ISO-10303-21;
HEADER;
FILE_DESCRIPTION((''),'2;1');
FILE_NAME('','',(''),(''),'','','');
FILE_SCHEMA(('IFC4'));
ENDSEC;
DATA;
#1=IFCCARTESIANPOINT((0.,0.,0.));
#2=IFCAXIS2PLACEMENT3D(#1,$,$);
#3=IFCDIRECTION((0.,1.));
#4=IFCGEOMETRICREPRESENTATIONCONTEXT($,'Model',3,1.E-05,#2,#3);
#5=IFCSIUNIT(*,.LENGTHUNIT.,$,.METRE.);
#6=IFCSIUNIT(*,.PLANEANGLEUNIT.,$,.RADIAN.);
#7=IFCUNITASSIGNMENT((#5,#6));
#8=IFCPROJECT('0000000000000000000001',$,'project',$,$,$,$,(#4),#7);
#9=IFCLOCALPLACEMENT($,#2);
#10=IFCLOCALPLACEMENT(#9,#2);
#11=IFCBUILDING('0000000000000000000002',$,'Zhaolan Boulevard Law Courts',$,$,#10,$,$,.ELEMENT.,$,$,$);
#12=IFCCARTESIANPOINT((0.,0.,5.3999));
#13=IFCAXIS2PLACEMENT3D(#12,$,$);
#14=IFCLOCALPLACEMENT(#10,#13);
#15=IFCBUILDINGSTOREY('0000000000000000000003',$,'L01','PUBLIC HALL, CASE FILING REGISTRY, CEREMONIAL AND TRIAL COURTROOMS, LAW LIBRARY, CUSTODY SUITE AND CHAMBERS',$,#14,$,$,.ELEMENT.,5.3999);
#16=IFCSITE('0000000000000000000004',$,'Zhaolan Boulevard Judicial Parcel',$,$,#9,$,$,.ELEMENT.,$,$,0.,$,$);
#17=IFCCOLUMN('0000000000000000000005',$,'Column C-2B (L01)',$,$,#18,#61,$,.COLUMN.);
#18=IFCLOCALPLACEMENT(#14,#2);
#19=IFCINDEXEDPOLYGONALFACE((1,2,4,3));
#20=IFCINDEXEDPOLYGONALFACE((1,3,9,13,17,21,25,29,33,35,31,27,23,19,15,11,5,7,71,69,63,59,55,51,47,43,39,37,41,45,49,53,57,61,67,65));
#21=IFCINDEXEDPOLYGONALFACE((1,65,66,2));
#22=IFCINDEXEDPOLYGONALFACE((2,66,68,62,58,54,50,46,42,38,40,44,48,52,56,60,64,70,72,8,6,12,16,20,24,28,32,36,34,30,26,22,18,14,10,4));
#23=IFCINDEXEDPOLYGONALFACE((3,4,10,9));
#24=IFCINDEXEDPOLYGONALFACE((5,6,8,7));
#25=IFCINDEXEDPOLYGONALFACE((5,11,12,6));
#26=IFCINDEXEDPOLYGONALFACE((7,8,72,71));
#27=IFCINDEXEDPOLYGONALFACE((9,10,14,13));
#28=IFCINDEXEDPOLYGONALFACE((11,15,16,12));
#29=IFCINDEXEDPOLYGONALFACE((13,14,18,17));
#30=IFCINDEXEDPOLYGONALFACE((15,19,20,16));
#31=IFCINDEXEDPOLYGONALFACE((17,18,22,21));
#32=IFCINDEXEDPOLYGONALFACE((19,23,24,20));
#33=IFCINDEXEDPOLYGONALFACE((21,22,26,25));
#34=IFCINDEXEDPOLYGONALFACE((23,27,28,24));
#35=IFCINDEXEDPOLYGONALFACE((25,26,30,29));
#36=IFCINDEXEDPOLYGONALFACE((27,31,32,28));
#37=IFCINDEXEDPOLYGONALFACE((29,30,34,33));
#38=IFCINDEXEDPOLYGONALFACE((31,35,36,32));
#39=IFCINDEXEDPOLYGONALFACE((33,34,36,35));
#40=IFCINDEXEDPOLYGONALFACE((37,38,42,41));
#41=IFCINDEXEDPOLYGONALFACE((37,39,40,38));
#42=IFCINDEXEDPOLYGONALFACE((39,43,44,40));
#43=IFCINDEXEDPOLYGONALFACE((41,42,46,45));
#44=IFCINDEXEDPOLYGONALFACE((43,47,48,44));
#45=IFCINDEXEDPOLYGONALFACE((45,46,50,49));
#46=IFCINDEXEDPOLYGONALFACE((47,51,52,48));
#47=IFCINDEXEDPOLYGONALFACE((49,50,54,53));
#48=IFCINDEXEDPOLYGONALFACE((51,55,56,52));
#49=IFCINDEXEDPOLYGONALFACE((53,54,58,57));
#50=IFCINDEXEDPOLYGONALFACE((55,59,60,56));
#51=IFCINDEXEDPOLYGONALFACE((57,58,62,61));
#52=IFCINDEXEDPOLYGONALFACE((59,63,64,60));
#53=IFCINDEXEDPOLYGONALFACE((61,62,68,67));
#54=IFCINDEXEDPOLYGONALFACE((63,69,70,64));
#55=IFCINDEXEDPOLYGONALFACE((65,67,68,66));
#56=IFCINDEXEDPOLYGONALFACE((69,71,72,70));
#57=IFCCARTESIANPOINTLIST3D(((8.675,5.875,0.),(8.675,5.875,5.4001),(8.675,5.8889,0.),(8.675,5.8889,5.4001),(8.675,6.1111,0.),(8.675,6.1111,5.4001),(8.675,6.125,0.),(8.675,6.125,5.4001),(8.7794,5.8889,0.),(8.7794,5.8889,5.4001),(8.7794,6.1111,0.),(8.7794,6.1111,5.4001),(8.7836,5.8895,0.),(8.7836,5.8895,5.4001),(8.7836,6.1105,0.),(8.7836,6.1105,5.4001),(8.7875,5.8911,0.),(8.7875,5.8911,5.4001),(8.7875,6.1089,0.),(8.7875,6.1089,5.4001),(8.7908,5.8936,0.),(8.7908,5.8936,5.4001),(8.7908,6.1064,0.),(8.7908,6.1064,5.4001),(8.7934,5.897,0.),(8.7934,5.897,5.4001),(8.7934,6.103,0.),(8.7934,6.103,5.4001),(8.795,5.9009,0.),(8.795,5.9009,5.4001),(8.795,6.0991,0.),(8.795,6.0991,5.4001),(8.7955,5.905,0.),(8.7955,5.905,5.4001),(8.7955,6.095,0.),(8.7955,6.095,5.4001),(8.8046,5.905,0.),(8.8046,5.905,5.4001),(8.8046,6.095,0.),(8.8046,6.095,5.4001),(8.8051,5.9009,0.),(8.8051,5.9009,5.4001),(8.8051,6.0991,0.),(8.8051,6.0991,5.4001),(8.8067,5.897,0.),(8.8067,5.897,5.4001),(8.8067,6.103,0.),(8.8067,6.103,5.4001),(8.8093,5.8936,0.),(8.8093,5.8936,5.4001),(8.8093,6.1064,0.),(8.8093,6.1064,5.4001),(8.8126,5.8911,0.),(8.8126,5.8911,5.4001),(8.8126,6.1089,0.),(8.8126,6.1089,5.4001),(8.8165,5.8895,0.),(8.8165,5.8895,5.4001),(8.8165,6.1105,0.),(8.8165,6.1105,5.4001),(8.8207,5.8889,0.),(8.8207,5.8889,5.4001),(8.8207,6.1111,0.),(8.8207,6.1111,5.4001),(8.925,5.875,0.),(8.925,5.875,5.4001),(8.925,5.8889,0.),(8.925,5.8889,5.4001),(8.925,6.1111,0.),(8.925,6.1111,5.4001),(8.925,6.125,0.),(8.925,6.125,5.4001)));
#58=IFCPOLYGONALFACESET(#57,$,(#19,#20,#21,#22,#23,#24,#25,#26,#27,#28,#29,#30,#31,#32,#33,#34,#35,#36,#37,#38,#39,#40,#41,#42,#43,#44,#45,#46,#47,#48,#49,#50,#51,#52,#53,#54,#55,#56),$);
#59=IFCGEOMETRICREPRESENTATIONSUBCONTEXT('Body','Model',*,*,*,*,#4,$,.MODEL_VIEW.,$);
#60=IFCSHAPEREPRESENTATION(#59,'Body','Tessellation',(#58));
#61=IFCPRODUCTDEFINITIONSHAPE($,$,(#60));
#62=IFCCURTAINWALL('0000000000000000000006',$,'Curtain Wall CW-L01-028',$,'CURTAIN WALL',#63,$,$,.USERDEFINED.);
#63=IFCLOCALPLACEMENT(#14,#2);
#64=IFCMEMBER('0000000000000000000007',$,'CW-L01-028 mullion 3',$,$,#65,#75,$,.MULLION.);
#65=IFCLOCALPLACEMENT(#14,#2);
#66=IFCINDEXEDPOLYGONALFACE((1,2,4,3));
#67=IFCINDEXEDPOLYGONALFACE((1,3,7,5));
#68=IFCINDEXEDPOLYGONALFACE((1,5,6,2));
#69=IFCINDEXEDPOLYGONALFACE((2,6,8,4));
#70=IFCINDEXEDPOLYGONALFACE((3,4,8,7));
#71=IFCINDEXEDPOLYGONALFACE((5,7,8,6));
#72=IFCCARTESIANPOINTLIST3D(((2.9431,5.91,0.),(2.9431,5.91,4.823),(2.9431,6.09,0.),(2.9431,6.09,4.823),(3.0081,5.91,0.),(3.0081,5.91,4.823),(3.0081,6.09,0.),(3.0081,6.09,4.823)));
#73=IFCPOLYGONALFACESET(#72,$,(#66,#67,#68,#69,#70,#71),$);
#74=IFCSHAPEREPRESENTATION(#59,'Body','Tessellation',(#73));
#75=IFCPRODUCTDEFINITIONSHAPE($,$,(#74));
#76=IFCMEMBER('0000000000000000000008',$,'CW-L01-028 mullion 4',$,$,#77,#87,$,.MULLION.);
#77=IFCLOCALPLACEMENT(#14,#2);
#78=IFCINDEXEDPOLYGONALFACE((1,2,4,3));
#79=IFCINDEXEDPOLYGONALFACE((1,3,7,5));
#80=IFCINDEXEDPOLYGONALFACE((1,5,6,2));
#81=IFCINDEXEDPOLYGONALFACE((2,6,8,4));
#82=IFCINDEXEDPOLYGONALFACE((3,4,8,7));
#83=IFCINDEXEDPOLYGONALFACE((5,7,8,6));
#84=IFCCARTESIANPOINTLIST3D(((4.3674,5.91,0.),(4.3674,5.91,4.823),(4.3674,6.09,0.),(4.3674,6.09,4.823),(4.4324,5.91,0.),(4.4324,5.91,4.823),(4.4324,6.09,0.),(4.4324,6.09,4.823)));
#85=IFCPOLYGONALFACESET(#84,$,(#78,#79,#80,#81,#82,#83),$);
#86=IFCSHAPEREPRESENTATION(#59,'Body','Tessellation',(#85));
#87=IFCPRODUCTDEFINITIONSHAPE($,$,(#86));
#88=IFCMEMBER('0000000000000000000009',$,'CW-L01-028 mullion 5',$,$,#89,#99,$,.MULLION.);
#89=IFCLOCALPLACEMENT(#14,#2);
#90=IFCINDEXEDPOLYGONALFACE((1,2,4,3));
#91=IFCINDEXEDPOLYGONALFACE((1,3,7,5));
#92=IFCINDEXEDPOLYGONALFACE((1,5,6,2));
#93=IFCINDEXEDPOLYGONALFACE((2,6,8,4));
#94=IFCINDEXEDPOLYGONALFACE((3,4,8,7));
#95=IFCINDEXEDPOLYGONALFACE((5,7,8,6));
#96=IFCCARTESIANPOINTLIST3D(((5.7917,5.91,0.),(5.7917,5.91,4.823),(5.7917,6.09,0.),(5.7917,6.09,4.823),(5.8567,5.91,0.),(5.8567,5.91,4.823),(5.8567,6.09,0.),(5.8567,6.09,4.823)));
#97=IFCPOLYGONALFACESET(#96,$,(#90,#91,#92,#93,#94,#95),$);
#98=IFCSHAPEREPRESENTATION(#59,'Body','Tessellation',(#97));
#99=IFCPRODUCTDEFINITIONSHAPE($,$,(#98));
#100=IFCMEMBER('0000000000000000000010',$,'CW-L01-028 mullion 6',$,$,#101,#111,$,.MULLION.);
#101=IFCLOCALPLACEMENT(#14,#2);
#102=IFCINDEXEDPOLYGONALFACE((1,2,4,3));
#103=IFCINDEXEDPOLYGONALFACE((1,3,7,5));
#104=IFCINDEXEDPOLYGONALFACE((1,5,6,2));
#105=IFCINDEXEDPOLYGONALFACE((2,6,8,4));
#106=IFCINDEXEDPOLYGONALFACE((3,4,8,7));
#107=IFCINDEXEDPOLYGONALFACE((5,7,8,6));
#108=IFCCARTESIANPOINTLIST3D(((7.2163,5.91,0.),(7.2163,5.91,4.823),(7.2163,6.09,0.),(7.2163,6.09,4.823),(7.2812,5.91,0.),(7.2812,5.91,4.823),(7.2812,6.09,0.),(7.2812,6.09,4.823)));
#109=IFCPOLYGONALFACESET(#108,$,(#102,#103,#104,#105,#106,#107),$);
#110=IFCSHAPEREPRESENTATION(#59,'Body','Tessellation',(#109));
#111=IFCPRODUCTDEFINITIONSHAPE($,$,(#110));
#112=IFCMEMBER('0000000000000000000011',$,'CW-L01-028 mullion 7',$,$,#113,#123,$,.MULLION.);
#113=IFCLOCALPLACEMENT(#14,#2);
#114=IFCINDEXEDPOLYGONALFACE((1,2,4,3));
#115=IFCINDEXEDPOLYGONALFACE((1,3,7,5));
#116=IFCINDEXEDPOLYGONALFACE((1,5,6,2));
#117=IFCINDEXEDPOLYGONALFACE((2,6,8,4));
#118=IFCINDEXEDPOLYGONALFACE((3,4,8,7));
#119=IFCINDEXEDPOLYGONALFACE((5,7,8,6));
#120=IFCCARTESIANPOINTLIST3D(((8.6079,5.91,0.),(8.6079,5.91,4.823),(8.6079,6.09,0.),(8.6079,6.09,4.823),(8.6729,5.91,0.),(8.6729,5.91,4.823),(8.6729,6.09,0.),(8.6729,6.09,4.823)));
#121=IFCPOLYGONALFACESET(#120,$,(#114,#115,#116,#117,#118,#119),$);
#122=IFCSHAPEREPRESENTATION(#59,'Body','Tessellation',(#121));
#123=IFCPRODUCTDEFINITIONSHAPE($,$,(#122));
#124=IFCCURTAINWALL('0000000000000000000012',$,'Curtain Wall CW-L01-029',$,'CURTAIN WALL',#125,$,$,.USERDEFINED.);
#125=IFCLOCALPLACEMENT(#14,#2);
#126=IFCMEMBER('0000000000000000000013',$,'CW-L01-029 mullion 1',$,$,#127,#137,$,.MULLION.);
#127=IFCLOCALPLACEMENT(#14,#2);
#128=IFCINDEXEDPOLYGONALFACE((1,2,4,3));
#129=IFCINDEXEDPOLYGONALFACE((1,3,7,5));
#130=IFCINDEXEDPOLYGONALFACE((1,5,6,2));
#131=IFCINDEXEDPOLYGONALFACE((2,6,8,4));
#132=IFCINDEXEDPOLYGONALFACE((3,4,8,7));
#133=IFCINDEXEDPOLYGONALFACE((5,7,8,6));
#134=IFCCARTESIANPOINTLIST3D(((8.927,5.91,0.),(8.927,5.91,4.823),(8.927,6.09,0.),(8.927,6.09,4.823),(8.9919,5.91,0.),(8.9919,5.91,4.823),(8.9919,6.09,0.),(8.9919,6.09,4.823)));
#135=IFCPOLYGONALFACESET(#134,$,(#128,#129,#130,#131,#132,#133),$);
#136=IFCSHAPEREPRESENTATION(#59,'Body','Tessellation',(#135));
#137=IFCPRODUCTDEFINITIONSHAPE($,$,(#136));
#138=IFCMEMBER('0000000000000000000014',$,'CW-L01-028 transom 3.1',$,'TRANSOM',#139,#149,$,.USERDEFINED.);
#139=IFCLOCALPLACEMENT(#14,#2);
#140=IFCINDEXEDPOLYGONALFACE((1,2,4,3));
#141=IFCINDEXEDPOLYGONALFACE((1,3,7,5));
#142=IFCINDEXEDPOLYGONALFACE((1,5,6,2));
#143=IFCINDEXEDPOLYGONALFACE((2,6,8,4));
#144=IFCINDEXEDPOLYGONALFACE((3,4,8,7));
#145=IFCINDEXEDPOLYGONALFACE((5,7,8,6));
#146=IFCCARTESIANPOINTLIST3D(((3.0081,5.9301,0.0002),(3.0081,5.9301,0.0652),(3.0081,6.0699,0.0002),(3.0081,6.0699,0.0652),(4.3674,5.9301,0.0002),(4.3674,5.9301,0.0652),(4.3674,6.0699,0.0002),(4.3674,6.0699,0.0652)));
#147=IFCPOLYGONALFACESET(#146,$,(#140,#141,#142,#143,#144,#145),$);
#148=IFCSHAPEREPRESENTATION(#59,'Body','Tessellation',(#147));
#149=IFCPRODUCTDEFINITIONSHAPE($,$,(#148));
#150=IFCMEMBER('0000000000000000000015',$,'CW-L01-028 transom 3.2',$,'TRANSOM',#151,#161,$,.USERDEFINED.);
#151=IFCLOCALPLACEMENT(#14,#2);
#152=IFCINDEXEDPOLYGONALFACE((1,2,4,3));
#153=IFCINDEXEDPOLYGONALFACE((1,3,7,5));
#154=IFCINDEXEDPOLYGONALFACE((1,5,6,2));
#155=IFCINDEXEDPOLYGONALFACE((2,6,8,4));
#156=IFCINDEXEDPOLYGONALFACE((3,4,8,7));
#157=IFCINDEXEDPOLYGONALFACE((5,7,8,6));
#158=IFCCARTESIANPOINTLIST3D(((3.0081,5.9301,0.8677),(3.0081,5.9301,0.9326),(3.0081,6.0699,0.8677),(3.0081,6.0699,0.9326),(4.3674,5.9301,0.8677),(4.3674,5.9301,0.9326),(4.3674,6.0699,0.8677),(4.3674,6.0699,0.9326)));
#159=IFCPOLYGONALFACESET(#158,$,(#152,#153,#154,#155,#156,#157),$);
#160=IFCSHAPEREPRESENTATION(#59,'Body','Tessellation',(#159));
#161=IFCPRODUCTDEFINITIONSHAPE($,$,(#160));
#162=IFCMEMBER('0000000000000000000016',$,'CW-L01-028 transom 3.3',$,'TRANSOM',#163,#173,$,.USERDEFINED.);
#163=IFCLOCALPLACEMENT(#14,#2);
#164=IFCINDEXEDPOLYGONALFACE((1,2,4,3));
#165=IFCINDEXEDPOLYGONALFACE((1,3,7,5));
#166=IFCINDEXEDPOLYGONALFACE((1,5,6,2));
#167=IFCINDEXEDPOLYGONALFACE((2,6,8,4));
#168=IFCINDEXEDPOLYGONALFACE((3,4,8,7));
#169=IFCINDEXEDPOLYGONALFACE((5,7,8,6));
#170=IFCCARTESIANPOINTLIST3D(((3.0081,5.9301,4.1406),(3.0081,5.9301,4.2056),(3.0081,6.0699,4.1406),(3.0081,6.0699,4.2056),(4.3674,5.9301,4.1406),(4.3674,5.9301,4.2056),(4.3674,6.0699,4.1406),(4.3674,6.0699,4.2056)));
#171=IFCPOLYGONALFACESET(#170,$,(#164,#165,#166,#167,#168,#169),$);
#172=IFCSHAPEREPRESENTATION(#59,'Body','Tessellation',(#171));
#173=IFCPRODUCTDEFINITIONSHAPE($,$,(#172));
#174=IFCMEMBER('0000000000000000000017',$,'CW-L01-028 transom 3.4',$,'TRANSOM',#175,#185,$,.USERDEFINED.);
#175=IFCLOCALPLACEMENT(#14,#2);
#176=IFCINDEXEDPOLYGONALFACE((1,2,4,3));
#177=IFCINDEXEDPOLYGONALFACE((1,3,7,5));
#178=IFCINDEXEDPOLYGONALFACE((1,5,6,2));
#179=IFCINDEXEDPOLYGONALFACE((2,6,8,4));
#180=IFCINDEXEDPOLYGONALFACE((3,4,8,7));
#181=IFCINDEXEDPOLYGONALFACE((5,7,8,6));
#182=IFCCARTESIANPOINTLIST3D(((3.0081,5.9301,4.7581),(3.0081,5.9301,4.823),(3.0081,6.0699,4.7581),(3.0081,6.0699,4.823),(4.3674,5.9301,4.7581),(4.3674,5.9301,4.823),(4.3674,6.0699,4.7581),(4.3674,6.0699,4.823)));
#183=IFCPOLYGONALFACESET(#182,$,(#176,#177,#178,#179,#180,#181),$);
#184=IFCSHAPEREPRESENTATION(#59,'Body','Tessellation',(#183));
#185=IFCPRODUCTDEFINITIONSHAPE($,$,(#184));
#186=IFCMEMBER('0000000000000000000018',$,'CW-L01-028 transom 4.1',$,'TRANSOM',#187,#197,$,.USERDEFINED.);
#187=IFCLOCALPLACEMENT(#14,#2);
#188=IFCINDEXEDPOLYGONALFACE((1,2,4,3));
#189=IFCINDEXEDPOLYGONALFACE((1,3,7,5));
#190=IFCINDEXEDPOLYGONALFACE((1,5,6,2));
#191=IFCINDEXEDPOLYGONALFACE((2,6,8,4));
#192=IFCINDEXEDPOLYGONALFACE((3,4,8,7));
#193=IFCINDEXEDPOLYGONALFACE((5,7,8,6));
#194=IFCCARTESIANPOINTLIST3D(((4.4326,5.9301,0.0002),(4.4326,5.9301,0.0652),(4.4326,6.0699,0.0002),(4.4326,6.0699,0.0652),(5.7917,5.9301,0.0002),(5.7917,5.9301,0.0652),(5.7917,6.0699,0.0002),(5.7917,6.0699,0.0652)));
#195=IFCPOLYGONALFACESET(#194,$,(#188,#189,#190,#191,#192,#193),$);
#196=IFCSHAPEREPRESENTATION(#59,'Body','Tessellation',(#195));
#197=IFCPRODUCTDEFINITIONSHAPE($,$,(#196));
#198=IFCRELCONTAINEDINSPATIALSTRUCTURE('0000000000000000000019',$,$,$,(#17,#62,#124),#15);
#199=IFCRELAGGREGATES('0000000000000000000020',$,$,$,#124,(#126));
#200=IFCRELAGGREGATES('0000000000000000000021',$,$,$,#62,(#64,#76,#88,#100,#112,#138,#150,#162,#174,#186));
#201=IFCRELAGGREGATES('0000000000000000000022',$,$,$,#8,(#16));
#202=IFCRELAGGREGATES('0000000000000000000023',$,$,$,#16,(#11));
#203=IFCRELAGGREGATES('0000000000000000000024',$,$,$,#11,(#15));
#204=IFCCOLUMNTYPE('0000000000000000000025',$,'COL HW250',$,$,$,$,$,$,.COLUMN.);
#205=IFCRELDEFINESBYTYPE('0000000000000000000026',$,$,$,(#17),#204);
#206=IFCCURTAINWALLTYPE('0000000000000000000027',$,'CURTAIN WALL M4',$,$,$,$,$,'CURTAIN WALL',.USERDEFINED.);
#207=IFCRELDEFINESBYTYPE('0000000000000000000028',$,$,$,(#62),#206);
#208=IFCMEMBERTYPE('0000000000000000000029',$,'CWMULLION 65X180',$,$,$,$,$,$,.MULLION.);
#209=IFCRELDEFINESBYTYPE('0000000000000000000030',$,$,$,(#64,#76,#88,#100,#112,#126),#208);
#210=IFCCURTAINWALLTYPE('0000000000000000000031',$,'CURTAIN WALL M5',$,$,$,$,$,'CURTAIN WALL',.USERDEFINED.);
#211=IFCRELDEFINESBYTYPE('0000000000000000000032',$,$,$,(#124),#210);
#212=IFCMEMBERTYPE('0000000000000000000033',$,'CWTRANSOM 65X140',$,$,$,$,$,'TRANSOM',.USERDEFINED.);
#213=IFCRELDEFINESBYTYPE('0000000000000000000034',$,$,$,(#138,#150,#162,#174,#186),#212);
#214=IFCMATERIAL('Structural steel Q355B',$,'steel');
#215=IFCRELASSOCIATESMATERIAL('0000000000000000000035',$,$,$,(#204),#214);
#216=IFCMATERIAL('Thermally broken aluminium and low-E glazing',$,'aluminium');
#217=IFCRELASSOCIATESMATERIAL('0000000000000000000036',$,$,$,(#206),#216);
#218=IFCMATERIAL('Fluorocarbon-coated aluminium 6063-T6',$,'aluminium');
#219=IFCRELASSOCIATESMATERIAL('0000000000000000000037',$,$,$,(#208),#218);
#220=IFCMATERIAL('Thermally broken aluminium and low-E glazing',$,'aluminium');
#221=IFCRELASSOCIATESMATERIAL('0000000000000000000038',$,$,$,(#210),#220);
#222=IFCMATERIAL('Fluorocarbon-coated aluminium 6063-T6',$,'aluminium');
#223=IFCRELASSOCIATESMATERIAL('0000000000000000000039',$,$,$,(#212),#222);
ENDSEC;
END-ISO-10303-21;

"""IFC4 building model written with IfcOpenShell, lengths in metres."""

from ifc_helpers import new_model, si_unit, direction, frame, origin, origin_2d, place, context, subcontext, project, spatial, rectangle, i_section, extrude, material, material_profile, profile_set, type_object, element, aggregate, save


model = new_model("IFC4")

# Units and contexts
model_context = context("Model", 3, precision=1e-05, world=origin(), true_north=direction((0.0, 1.0)))
body_context = subcontext(model_context, "Body", "Model", "MODEL_VIEW")
ifc_project = project(units=[si_unit("LENGTHUNIT", "METRE"), si_unit("PLANEANGLEUNIT", "RADIAN")], contexts=[model_context])

# Site, building, storey
site_placement = place(None, origin())
site = spatial("IfcSite", under=ifc_project, at=site_placement, Name="Zhaolan Boulevard Judicial Parcel", CompositionType="ELEMENT", RefElevation=0.0)
building_placement = place(site_placement, origin())
building = spatial("IfcBuilding", under=site, at=building_placement, Name="Zhaolan Boulevard Law Courts", CompositionType="ELEMENT")
storey_placement = place(building_placement, frame((0.0, 0.0, 5.3999)))
storey = spatial("IfcBuildingStorey", under=building, at=storey_placement, Name="L01", Description="PUBLIC HALL, CASE FILING REGISTRY, CEREMONIAL AND TRIAL COURTROOMS, LAW LIBRARY, CUSTODY SUITE AND CHAMBERS", CompositionType="ELEMENT", Elevation=5.3999)

# Column
ifc_material_1 = material(Name="Structural steel Q355B", Category="steel")
ifc_material_profile_1 = material_profile(ifc_material_1, i_section(OverallWidth=0.25, OverallDepth=0.25, WebThickness=0.009, FlangeThickness=0.0139, FilletRadius=0.0161, at=origin_2d()), Name="HW250x250")
ifc_profile_set_1 = profile_set([ifc_material_profile_1], Name="Structural steel Q355B")
column_type = type_object("IfcColumnType", Name="COL HW250", PredefinedType="COLUMN", material=ifc_profile_set_1)
column_placement = place(storey_placement, frame((8.8, 6.0, 0.0), z_axis=(0.0, 0.0, 1.0), x_axis=(1.0, 0.0, 0.0)))
element("IfcColumn", 1, at=column_placement, inside=storey, type_object=column_type, Name="Column C-2B (L01)", PredefinedType="COLUMN", context=body_context, shape_type="SweptSolid", body=[
    extrude(i_section(OverallWidth=0.25, OverallDepth=0.25, WebThickness=0.009, FlangeThickness=0.0139, FilletRadius=0.0161, at=origin_2d()), origin(), (0.0, 0.0, 1.0), 5.4001),
])

# Curtain wall, members
ifc_material_2 = material(Name="Thermally broken aluminium and low-E glazing", Category="aluminium")
curtain_wall_type_1 = type_object("IfcCurtainWallType", Name="CURTAIN WALL M4", ElementType="CURTAIN WALL", PredefinedType="USERDEFINED", material=ifc_material_2)
curtain_wall_1_placement = place(storey_placement, origin())
curtain_wall_1 = element("IfcCurtainWall", 2, at=curtain_wall_1_placement, inside=storey, type_object=curtain_wall_type_1, Name="Curtain Wall CW-L01-028", ObjectType="CURTAIN WALL", PredefinedType="USERDEFINED")
ifc_material_3 = material(Name="Fluorocarbon-coated aluminium 6063-T6", Category="aluminium")
ifc_material_profile_2 = material_profile(ifc_material_3, rectangle(XDim=0.1799, YDim=0.0649, at=origin_2d()), Name="AL65x180")
ifc_profile_set_2 = profile_set([ifc_material_profile_2], Name="Fluorocarbon-coated aluminium 6063-T6")
member_type_1 = type_object("IfcMemberType", Name="CWMULLION 65X180", PredefinedType="MULLION", material=ifc_profile_set_2)
member_1_placement = place(storey_placement, frame((2.9756, 6.0, 0.0), z_axis=(0.0, 0.0, 1.0), x_axis=(0.0, 1.0, 0.0)))
member_1 = element("IfcMember", 3, at=member_1_placement, type_object=member_type_1, Name="CW-L01-028 mullion 3", PredefinedType="MULLION", context=body_context, shape_type="SweptSolid", body=[
    extrude(rectangle(XDim=0.1799, YDim=0.0649, at=origin_2d()), origin(), (0.0, 0.0, 1.0), 4.823),
])
member_2_placement = place(storey_placement, frame((4.3999, 6.0, 0.0), z_axis=(0.0, 0.0, 1.0), x_axis=(0.0, 1.0, 0.0)))
member_2 = element("IfcMember", 4, at=member_2_placement, type_object=member_type_1, Name="CW-L01-028 mullion 4", PredefinedType="MULLION", context=body_context, shape_type="SweptSolid", body=[
    extrude(rectangle(XDim=0.1799, YDim=0.0649, at=origin_2d()), origin(), (0.0, 0.0, 1.0), 4.823),
])
member_3_placement = place(storey_placement, frame((5.8242, 6.0, 0.0), z_axis=(0.0, 0.0, 1.0), x_axis=(0.0, 1.0, 0.0)))
member_3 = element("IfcMember", 5, at=member_3_placement, type_object=member_type_1, Name="CW-L01-028 mullion 5", PredefinedType="MULLION", context=body_context, shape_type="SweptSolid", body=[
    extrude(rectangle(XDim=0.1799, YDim=0.0649, at=origin_2d()), origin(), (0.0, 0.0, 1.0), 4.823),
])
member_4_placement = place(storey_placement, frame((7.2488, 6.0, 0.0), z_axis=(0.0, 0.0, 1.0), x_axis=(0.0, 1.0, 0.0)))
member_4 = element("IfcMember", 6, at=member_4_placement, type_object=member_type_1, Name="CW-L01-028 mullion 6", PredefinedType="MULLION", context=body_context, shape_type="SweptSolid", body=[
    extrude(rectangle(XDim=0.1799, YDim=0.0649, at=origin_2d()), origin(), (0.0, 0.0, 1.0), 4.823),
])
member_5_placement = place(storey_placement, frame((8.6404, 6.0, 0.0), z_axis=(0.0, 0.0, 1.0), x_axis=(0.0, 1.0, 0.0)))
member_5 = element("IfcMember", 7, at=member_5_placement, type_object=member_type_1, Name="CW-L01-028 mullion 7", PredefinedType="MULLION", context=body_context, shape_type="SweptSolid", body=[
    extrude(rectangle(XDim=0.1799, YDim=0.0649, at=origin_2d()), origin(), (0.0, 0.0, 1.0), 4.823),
])

# Curtain wall, member
ifc_material_4 = material(Name="Thermally broken aluminium and low-E glazing", Category="aluminium")
curtain_wall_type_2 = type_object("IfcCurtainWallType", Name="CURTAIN WALL M5", ElementType="CURTAIN WALL", PredefinedType="USERDEFINED", material=ifc_material_4)
curtain_wall_2_placement = place(storey_placement, origin())
curtain_wall_2 = element("IfcCurtainWall", 8, at=curtain_wall_2_placement, inside=storey, type_object=curtain_wall_type_2, Name="Curtain Wall CW-L01-029", ObjectType="CURTAIN WALL", PredefinedType="USERDEFINED")
member_6_placement = place(storey_placement, frame((8.9595, 6.0, 0.0), z_axis=(0.0, 0.0, 1.0), x_axis=(0.0, 1.0, 0.0)))
member_6 = element("IfcMember", 9, at=member_6_placement, type_object=member_type_1, Name="CW-L01-029 mullion 1", PredefinedType="MULLION", context=body_context, shape_type="SweptSolid", body=[
    extrude(rectangle(XDim=0.1799, YDim=0.0649, at=origin_2d()), origin(), (0.0, 0.0, 1.0), 4.823),
])
aggregate(curtain_wall_2, [member_6])

# Members
ifc_material_5 = material(Name="Fluorocarbon-coated aluminium 6063-T6", Category="aluminium")
ifc_material_profile_3 = material_profile(ifc_material_5, rectangle(XDim=0.1399, YDim=0.0649, at=origin_2d()), Name="AL65x140")
ifc_profile_set_3 = profile_set([ifc_material_profile_3], Name="Fluorocarbon-coated aluminium 6063-T6")
member_type_2 = type_object("IfcMemberType", Name="CWTRANSOM 65X140", ElementType="TRANSOM", PredefinedType="USERDEFINED", material=ifc_profile_set_3)
member_7_placement = place(storey_placement, frame((3.0081, 6.0, 0.0327), z_axis=(1.0, 0.0, 0.0), x_axis=(0.0, 1.0, 0.0)))
member_7 = element("IfcMember", 10, at=member_7_placement, type_object=member_type_2, Name="CW-L01-028 transom 3.1", ObjectType="TRANSOM", PredefinedType="USERDEFINED", context=body_context, shape_type="SweptSolid", body=[
    extrude(rectangle(XDim=0.1399, YDim=0.0649, at=origin_2d()), origin(), (0.0, 0.0, 1.0), 1.3594),
])
member_8_placement = place(storey_placement, frame((3.0081, 6.0, 0.9001), z_axis=(1.0, 0.0, 0.0), x_axis=(0.0, 1.0, 0.0)))
member_8 = element("IfcMember", 11, at=member_8_placement, type_object=member_type_2, Name="CW-L01-028 transom 3.2", ObjectType="TRANSOM", PredefinedType="USERDEFINED", context=body_context, shape_type="SweptSolid", body=[
    extrude(rectangle(XDim=0.1399, YDim=0.0649, at=origin_2d()), origin(), (0.0, 0.0, 1.0), 1.3594),
])
member_9_placement = place(storey_placement, frame((3.0081, 6.0, 4.1731), z_axis=(1.0, 0.0, 0.0), x_axis=(0.0, 1.0, 0.0)))
member_9 = element("IfcMember", 12, at=member_9_placement, type_object=member_type_2, Name="CW-L01-028 transom 3.3", ObjectType="TRANSOM", PredefinedType="USERDEFINED", context=body_context, shape_type="SweptSolid", body=[
    extrude(rectangle(XDim=0.1399, YDim=0.0649, at=origin_2d()), origin(), (0.0, 0.0, 1.0), 1.3594),
])
member_10_placement = place(storey_placement, frame((3.0081, 6.0, 4.7905), z_axis=(1.0, 0.0, 0.0), x_axis=(0.0, 1.0, 0.0)))
member_10 = element("IfcMember", 13, at=member_10_placement, type_object=member_type_2, Name="CW-L01-028 transom 3.4", ObjectType="TRANSOM", PredefinedType="USERDEFINED", context=body_context, shape_type="SweptSolid", body=[
    extrude(rectangle(XDim=0.1399, YDim=0.0649, at=origin_2d()), origin(), (0.0, 0.0, 1.0), 1.3594),
])
member_11_placement = place(storey_placement, frame((4.4326, 6.0, 0.0327), z_axis=(1.0, 0.0, 0.0), x_axis=(0.0, 1.0, 0.0)))
member_11 = element("IfcMember", 14, at=member_11_placement, type_object=member_type_2, Name="CW-L01-028 transom 4.1", ObjectType="TRANSOM", PredefinedType="USERDEFINED", context=body_context, shape_type="SweptSolid", body=[
    extrude(rectangle(XDim=0.1399, YDim=0.0649, at=origin_2d()), origin(), (0.0, 0.0, 1.0), 1.3591),
])

aggregate(curtain_wall_1, [member_1, member_2, member_3, member_4, member_5, member_7, member_8, member_9, member_10, member_11])

save(model, "model.ifc")
